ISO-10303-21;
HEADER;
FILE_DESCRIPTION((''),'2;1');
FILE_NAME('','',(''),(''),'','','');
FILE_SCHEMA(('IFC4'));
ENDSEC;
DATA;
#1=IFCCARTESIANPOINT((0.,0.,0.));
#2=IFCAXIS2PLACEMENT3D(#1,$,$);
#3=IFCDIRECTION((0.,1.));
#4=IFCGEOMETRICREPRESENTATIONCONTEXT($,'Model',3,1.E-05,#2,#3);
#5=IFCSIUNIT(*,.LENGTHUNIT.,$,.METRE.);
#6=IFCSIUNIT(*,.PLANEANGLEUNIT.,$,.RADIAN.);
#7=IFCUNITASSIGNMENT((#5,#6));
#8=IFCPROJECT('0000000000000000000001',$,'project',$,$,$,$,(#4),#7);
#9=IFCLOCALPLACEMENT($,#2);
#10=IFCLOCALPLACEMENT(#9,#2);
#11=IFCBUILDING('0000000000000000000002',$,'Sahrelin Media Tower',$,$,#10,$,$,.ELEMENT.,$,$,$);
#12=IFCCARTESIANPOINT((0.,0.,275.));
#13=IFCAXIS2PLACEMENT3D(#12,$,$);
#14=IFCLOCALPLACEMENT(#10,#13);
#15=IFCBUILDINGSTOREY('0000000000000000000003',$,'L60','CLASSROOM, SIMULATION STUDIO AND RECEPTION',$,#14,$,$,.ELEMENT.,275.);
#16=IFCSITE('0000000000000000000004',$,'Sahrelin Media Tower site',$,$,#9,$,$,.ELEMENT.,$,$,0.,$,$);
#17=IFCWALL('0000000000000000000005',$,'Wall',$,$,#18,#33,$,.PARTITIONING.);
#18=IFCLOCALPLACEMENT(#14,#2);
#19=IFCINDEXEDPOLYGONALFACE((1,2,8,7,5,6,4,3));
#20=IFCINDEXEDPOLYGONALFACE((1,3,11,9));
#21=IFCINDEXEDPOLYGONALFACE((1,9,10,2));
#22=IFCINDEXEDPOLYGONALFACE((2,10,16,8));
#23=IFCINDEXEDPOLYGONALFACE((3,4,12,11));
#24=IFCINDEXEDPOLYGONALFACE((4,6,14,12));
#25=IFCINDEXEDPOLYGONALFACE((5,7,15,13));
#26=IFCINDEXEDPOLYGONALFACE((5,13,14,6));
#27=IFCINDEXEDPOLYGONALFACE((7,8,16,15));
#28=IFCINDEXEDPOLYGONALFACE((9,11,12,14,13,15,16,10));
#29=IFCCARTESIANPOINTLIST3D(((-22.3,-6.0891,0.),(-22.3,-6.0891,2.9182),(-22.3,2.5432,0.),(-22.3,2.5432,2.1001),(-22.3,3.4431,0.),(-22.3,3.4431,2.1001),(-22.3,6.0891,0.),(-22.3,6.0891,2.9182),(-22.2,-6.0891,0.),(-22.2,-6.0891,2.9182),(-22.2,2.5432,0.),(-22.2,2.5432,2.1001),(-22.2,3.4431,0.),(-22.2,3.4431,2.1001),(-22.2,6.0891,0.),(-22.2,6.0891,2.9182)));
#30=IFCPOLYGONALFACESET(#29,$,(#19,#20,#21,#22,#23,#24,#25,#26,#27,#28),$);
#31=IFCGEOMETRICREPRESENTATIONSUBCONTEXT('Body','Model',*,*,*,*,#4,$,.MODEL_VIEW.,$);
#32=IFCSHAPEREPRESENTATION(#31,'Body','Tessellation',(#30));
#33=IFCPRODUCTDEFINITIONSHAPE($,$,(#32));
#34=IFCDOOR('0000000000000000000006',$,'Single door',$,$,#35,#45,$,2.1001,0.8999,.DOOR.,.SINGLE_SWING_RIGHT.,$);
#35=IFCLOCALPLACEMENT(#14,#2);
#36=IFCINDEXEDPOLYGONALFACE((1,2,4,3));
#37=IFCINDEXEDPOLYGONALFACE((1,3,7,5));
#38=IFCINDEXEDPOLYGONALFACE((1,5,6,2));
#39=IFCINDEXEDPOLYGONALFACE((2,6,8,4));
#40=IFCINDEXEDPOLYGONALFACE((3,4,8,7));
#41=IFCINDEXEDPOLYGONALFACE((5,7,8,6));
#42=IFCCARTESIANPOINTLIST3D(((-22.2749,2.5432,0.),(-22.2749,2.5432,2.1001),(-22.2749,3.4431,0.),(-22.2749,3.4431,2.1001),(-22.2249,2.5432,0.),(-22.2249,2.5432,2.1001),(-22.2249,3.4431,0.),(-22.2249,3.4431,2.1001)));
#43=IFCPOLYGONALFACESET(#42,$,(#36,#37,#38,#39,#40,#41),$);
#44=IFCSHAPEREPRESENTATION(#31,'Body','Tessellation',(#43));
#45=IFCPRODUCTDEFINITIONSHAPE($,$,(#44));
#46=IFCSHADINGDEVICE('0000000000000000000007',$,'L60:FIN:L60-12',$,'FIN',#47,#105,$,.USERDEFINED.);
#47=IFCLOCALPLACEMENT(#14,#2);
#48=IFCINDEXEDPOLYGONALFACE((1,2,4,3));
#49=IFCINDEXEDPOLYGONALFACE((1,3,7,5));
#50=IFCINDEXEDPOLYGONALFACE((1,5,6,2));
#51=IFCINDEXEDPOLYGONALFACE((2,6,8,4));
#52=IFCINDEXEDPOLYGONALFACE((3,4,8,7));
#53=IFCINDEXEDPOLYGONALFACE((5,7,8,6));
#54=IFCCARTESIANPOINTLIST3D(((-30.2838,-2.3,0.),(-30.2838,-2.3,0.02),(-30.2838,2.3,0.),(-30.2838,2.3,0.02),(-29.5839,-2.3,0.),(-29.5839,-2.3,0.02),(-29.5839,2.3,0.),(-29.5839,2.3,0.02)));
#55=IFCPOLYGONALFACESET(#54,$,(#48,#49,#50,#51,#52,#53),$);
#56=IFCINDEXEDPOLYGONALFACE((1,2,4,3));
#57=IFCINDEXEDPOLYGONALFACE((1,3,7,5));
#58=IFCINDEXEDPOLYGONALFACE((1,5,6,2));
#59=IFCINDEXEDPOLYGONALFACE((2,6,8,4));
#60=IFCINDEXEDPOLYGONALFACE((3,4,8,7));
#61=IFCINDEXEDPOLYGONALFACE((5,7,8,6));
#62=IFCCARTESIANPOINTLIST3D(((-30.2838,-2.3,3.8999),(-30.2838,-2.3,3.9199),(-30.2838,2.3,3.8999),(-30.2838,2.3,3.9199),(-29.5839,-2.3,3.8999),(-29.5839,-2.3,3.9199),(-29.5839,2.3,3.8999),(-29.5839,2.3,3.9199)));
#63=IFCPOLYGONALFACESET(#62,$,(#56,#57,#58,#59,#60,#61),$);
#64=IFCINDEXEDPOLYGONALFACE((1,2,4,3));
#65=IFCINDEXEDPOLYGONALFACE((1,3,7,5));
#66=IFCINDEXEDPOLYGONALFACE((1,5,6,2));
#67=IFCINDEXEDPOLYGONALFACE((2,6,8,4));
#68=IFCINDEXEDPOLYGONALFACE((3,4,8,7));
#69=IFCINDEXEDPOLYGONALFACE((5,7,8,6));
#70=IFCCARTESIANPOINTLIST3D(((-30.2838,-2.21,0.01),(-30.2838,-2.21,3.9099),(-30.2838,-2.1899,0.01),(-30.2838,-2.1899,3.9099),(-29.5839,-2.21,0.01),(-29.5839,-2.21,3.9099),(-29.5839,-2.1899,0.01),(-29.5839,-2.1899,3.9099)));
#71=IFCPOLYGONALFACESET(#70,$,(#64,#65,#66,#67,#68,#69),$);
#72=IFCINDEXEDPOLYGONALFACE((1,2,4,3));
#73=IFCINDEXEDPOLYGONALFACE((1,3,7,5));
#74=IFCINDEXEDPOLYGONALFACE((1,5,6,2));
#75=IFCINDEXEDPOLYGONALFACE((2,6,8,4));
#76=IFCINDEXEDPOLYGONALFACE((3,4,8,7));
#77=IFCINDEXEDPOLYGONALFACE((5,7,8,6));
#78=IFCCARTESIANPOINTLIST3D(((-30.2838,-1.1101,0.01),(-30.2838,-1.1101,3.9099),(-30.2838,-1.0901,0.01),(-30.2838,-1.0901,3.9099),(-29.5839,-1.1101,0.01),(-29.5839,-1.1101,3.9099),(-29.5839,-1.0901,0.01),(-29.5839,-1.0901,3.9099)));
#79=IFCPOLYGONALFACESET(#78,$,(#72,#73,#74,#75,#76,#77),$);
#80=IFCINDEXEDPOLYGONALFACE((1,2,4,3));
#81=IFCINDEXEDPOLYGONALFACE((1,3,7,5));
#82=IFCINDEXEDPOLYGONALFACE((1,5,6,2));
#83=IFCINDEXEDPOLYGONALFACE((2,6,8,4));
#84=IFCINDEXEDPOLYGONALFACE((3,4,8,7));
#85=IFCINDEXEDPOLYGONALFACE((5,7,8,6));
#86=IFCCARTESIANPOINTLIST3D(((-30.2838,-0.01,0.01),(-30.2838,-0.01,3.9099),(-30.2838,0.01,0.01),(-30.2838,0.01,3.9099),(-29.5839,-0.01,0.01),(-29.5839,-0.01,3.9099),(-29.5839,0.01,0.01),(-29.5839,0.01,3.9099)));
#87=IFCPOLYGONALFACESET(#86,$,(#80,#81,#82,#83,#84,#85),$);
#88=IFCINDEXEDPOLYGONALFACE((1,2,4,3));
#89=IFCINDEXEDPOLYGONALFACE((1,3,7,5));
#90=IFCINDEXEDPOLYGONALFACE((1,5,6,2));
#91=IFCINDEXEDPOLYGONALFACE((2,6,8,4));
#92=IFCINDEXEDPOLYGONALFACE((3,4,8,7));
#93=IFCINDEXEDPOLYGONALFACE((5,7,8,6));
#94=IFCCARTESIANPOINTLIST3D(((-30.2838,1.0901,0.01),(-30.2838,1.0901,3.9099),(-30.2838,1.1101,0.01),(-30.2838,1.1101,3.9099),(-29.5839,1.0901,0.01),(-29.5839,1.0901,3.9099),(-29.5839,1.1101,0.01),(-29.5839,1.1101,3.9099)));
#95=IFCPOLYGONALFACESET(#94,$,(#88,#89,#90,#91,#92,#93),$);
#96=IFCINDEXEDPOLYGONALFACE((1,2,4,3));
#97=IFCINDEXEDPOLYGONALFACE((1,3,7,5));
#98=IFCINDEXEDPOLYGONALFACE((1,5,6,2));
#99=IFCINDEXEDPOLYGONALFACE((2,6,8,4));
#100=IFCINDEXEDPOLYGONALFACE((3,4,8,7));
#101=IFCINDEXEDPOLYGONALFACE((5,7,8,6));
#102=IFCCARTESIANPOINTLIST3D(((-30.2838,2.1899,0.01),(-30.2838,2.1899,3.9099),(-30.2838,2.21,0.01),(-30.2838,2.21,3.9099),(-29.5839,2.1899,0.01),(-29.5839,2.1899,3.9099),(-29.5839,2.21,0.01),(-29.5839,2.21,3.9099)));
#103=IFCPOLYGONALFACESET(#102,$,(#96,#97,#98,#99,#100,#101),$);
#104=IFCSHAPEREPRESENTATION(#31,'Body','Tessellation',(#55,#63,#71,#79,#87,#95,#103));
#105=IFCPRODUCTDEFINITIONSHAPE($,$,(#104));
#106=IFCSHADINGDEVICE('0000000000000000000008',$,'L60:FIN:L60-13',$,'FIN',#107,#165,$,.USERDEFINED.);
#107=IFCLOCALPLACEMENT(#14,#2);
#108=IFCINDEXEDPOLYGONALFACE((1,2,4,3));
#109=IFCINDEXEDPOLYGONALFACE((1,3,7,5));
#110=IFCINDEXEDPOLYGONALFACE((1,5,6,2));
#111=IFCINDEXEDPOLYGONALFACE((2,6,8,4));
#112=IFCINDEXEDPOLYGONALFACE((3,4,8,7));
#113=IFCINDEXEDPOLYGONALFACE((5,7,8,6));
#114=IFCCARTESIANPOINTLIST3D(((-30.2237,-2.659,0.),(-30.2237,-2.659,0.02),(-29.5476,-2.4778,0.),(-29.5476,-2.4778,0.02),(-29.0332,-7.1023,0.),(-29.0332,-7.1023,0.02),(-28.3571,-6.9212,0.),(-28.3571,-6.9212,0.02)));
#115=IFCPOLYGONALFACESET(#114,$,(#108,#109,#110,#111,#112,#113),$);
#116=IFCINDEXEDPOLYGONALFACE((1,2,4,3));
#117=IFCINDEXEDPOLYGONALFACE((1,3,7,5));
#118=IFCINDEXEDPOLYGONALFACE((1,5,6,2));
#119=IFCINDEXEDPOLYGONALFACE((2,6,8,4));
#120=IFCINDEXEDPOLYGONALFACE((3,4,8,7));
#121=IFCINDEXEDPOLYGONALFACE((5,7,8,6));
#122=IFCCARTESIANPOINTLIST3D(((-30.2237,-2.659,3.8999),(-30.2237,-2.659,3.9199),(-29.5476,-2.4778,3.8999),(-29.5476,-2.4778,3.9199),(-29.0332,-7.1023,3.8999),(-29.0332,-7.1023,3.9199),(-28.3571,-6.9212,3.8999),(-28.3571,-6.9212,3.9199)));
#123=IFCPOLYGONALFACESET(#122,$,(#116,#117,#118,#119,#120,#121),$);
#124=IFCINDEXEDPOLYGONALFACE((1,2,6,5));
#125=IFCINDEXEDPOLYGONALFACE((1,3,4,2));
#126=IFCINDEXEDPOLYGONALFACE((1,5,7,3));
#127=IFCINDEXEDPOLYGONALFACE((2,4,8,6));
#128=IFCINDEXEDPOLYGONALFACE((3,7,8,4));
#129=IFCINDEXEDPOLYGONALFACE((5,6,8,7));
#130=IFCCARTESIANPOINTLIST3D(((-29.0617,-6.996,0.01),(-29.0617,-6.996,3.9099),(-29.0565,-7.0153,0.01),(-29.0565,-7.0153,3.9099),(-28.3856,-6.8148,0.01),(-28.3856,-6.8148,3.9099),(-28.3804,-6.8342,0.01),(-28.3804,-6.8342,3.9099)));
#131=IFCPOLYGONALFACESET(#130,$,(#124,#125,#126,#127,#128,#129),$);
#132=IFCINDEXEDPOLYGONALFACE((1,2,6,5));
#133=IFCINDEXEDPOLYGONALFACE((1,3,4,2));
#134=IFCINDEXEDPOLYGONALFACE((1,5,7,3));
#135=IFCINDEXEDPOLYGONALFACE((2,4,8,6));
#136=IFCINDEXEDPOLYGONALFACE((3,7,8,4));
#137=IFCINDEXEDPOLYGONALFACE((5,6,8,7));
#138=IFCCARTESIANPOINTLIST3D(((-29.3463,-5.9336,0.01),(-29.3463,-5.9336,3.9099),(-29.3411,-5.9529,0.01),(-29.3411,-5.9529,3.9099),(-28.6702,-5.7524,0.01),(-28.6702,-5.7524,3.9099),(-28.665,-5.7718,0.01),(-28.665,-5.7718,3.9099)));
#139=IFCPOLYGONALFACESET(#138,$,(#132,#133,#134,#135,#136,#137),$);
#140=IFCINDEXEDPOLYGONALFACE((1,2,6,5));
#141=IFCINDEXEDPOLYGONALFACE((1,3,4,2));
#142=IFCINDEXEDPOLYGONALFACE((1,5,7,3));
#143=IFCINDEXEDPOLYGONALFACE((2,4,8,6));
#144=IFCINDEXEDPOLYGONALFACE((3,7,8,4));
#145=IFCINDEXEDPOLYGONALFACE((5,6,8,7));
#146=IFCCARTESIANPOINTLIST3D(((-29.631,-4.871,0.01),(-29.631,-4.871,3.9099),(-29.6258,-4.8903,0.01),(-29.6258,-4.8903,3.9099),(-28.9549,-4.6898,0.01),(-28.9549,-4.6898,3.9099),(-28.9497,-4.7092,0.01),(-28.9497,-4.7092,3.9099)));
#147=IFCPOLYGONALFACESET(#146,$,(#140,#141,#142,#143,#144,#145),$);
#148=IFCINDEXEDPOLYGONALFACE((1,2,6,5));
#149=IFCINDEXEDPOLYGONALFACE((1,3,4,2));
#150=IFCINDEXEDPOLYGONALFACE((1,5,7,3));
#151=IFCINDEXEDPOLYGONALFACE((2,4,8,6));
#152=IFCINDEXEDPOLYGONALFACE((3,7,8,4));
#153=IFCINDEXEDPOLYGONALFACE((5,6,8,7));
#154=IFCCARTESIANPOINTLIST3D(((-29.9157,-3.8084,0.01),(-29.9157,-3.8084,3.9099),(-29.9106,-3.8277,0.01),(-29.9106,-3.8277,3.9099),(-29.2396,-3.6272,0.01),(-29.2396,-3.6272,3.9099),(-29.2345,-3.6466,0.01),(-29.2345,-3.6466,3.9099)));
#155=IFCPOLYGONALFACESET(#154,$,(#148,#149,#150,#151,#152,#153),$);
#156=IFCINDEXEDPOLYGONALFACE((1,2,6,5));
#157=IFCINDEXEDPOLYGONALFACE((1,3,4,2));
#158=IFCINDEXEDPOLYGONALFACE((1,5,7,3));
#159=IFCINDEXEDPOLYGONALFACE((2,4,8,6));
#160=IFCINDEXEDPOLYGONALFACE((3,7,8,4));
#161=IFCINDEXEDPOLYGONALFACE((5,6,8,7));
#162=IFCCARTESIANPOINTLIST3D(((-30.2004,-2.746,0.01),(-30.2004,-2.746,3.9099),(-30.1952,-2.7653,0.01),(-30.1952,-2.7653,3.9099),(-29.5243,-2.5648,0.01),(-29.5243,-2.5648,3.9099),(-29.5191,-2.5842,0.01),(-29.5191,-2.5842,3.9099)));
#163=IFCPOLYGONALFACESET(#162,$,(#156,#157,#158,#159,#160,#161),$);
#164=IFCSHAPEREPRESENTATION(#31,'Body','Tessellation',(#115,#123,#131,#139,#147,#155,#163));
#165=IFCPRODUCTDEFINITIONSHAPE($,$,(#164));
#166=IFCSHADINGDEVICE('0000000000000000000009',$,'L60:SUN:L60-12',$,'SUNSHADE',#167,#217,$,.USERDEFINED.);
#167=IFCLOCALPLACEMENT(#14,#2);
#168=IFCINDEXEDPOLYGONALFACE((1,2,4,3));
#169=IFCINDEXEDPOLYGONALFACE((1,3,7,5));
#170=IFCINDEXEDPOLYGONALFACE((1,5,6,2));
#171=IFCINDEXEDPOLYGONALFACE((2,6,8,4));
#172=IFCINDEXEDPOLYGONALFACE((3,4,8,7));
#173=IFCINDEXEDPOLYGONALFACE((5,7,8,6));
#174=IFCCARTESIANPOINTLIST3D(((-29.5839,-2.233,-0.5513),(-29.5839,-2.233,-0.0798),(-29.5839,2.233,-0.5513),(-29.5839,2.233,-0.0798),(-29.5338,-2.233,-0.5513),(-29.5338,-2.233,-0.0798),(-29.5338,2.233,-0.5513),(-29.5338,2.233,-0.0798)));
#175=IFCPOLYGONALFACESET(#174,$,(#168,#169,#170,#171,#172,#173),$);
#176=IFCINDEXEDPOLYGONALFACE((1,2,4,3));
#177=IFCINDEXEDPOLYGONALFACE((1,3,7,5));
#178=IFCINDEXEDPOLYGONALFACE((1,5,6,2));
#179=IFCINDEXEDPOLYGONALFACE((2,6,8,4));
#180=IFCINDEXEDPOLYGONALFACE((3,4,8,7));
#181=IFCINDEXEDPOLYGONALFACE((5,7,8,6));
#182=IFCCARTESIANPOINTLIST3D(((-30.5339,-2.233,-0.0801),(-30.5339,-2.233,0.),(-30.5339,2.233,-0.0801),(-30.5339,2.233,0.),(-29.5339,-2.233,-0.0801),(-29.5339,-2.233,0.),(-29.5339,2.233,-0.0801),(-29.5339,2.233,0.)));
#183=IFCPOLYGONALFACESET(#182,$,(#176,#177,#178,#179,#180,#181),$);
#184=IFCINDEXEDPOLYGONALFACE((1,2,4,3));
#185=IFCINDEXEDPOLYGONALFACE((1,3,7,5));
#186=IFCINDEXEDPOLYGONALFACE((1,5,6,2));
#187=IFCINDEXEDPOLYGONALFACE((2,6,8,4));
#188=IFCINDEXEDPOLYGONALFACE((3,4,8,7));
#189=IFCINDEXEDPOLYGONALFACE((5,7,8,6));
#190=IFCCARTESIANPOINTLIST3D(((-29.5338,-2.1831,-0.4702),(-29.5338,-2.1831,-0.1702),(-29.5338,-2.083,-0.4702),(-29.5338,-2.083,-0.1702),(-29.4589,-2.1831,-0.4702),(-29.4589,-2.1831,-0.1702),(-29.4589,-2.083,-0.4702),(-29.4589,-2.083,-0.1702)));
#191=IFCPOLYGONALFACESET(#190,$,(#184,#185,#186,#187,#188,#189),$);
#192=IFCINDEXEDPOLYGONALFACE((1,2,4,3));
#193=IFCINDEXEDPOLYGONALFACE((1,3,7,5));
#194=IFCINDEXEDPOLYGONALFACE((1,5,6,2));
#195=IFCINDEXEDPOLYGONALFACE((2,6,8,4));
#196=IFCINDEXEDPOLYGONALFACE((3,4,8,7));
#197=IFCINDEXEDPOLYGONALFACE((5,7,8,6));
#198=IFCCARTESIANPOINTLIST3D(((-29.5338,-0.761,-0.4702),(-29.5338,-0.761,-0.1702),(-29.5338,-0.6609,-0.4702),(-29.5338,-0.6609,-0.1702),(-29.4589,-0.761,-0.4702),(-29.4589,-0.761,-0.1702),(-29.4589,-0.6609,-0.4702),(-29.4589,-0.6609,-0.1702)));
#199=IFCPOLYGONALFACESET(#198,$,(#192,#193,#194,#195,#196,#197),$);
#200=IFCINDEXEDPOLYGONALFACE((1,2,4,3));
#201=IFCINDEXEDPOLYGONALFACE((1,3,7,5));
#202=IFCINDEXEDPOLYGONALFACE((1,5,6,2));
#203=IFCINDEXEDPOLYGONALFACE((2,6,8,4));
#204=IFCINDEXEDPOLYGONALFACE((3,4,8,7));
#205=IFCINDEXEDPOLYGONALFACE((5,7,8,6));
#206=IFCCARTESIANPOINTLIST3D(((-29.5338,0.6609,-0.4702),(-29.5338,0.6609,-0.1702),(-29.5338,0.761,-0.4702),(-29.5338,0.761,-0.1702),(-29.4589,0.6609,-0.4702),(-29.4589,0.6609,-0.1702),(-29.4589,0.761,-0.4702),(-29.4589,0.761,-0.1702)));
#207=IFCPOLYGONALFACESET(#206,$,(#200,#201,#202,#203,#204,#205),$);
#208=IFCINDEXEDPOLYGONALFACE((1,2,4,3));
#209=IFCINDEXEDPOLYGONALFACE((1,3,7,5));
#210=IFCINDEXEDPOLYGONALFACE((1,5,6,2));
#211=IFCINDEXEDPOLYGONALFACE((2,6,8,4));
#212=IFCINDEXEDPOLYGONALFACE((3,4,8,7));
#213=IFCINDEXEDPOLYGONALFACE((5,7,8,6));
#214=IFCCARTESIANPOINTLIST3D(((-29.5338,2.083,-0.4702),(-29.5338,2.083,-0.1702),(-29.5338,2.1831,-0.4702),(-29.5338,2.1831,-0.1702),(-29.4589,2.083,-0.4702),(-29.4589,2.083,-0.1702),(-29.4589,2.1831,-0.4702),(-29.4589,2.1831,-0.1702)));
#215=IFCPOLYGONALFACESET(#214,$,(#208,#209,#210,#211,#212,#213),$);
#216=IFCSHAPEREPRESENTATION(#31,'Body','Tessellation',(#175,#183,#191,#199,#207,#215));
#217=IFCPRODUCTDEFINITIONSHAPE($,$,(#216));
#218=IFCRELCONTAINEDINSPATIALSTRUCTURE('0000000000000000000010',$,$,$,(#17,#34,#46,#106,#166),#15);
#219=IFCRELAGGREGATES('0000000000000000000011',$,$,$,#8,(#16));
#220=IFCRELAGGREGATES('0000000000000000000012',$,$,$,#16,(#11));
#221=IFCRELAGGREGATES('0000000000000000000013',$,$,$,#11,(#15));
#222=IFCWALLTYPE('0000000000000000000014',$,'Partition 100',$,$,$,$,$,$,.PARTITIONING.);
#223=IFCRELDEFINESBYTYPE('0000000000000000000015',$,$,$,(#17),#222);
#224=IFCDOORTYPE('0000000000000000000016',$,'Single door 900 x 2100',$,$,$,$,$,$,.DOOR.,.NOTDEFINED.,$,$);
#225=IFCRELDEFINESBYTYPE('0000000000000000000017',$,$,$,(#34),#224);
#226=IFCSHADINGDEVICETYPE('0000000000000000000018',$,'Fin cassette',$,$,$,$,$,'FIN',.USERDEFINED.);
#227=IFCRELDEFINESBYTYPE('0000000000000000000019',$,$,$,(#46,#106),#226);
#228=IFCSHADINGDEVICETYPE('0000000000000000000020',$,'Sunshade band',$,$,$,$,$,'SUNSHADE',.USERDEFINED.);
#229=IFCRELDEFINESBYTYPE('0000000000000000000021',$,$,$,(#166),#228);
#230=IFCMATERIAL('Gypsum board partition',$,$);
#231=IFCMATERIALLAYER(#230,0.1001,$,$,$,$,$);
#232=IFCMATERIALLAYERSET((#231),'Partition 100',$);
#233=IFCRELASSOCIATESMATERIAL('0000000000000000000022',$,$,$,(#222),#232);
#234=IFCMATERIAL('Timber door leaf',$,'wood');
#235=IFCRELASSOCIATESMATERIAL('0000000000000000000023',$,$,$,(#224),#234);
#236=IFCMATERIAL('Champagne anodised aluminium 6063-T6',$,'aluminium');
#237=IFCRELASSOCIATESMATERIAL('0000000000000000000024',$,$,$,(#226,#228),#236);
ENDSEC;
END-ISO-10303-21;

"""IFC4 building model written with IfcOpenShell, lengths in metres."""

from ifc_helpers import new_model, si_unit, direction, frame, frame_2d, origin, origin_2d, place, context, subcontext, project, spatial, rectangle, extrude, material, layer, layer_set, type_object, element, fill, save


model = new_model("IFC4")

# Units and contexts
model_context = context("Model", 3, precision=1e-05, world=origin(), true_north=direction((0.0, 1.0)))
body_context = subcontext(model_context, "Body", "Model", "MODEL_VIEW")
ifc_project = project(units=[si_unit("LENGTHUNIT", "METRE"), si_unit("PLANEANGLEUNIT", "RADIAN")], contexts=[model_context])

# Site, building, storey
site_placement = place(None, origin())
site = spatial("IfcSite", under=ifc_project, at=site_placement, Name="Sahrelin Media Tower site", CompositionType="ELEMENT", RefElevation=0.0)
building_placement = place(site_placement, origin())
building = spatial("IfcBuilding", under=site, at=building_placement, Name="Sahrelin Media Tower", CompositionType="ELEMENT")
storey_placement = place(building_placement, frame((0.0, 0.0, 275.0)))
storey = spatial("IfcBuildingStorey", under=building, at=storey_placement, Name="L60", Description="CLASSROOM, SIMULATION STUDIO AND RECEPTION", CompositionType="ELEMENT", Elevation=275.0)

# Shared definitions
ifc_material_1 = material(Name="Champagne anodised aluminium 6063-T6", Category="aluminium")

# Wall, opening, door
ifc_material_2 = material(Name="Gypsum board partition")
ifc_layer_1 = layer(ifc_material_2, 0.1001)
ifc_layer_set_1 = layer_set([ifc_layer_1], Name="Partition 100")
wall_type_1 = type_object("IfcWallType", Name="Partition 100", PredefinedType="PARTITIONING", material=ifc_layer_set_1)
ifc_material_3 = material(Name="Timber door leaf", Category="wood")
door_type_1 = type_object("IfcDoorType", Name="Single door 900 x 2100", OperationType="NOTDEFINED", PredefinedType="DOOR", material=ifc_material_3)
wall_1_placement = place(storey_placement, frame((-22.25, -6.0891, 0.0), z_axis=(0.0, 0.0, 1.0), x_axis=(0.0, 1.0, 0.0)))
wall_1 = element("IfcWall", 1, at=wall_1_placement, inside=storey, type_object=wall_type_1, Name="Wall", PredefinedType="PARTITIONING", context=body_context, shape_type="SweptSolid", body=[
    extrude(rectangle(XDim=12.1782, YDim=0.1001, at=frame_2d((6.0891, 0.0))), origin(), (0.0, 0.0, 1.0), 2.9182),
])
opening_1_placement = place(wall_1_placement, frame((8.6323, 0.0, 0.0)))
opening_1 = element("IfcOpeningElement", 2, at=opening_1_placement, cuts=wall_1, PredefinedType="OPENING", context=body_context, shape_type="SweptSolid", body=[
    extrude(rectangle(XDim=0.8999, YDim=2.1001, at=frame_2d((0.45, 1.05))), frame((0.0, 0.05, 0.0), z_axis=(0.0, -1.0, 0.0), x_axis=(1.0, 0.0, 0.0)), (0.0, 0.0, 1.0), 0.1001),
])
door_1_placement = place(opening_1_placement, origin())
door_1 = element("IfcDoor", 3, at=door_1_placement, inside=storey, type_object=door_type_1, Name="Single door", OperationType="SINGLE_SWING_RIGHT", OverallHeight=2.1001, OverallWidth=0.8999, PredefinedType="DOOR", context=body_context, shape_type="SweptSolid", body=[
    extrude(rectangle(XDim=0.8999, YDim=2.1001, at=frame_2d((0.45, 1.05))), frame((0.0, 0.0249, 0.0), z_axis=(0.0, -1.0, 0.0), x_axis=(1.0, 0.0, 0.0)), (0.0, 0.0, 1.0), 0.05),
])
fill(opening_1, door_1)

# Shading devices
shading_device_type_1 = type_object("IfcShadingDeviceType", Name="Fin cassette", ElementType="FIN", PredefinedType="USERDEFINED", material=ifc_material_1)
placement_1 = place(storey_placement, frame((-29.5139, 0.0, 0.0), z_axis=(0.0, 0.0, 1.0), x_axis=(0.0, 1.0, 0.0)))
element("IfcShadingDevice", 4, at=placement_1, inside=storey, type_object=shading_device_type_1, Name="L60:FIN:L60-12", ObjectType="FIN", PredefinedType="USERDEFINED", context=body_context, shape_type="SweptSolid", body=[
    extrude(rectangle(XDim=4.6001, YDim=0.7, at=origin_2d()), frame((0.0, 0.4199, 0.0)), (0.0, 0.0, 1.0), 0.02),
    extrude(rectangle(XDim=4.6001, YDim=0.7, at=origin_2d()), frame((0.0, 0.4199, 3.8999)), (0.0, 0.0, 1.0), 0.02),
    extrude(rectangle(XDim=0.02, YDim=0.7, at=origin_2d()), frame((-2.2, 0.4199, 0.01), z_axis=(0.0, 0.0, 1.0), x_axis=(1.0, 0.0, 0.0)), (0.0, 0.0, 1.0), 3.8999),
    extrude(rectangle(XDim=0.02, YDim=0.7, at=origin_2d()), frame((-1.1001, 0.4199, 0.01), z_axis=(0.0, 0.0, 1.0), x_axis=(1.0, 0.0, 0.0)), (0.0, 0.0, 1.0), 3.8999),
    extrude(rectangle(XDim=0.02, YDim=0.7, at=origin_2d()), frame((0.0, 0.4199, 0.01), z_axis=(0.0, 0.0, 1.0), x_axis=(1.0, 0.0, 0.0)), (0.0, 0.0, 1.0), 3.8999),
    extrude(rectangle(XDim=0.02, YDim=0.7, at=origin_2d()), frame((1.1001, 0.4199, 0.01), z_axis=(0.0, 0.0, 1.0), x_axis=(1.0, 0.0, 0.0)), (0.0, 0.0, 1.0), 3.8999),
    extrude(rectangle(XDim=0.02, YDim=0.7, at=origin_2d()), frame((2.2, 0.4199, 0.01), z_axis=(0.0, 0.0, 1.0), x_axis=(1.0, 0.0, 0.0)), (0.0, 0.0, 1.0), 3.8999),
])
placement_2 = place(storey_placement, frame((-28.8848, -4.6814, 0.0), z_axis=(0.0, 0.0, 1.0), x_axis=(-0.258808, 0.965929, 0.0)))
element("IfcShadingDevice", 5, at=placement_2, inside=storey, type_object=shading_device_type_1, Name="L60:FIN:L60-13", ObjectType="FIN", PredefinedType="USERDEFINED", context=body_context, shape_type="SweptSolid", body=[
    extrude(rectangle(XDim=4.6001, YDim=0.7, at=origin_2d()), frame((0.0, 0.4199, 0.0)), (0.0, 0.0, 1.0), 0.02),
    extrude(rectangle(XDim=4.6001, YDim=0.7, at=origin_2d()), frame((0.0, 0.4199, 3.8999)), (0.0, 0.0, 1.0), 0.02),
    extrude(rectangle(XDim=0.02, YDim=0.7, at=origin_2d()), frame((-2.2, 0.4199, 0.01), z_axis=(0.0, 0.0, 1.0), x_axis=(1.0, 0.0, 0.0)), (0.0, 0.0, 1.0), 3.8999),
    extrude(rectangle(XDim=0.02, YDim=0.7, at=origin_2d()), frame((-1.1001, 0.4199, 0.01), z_axis=(0.0, 0.0, 1.0), x_axis=(1.0, 0.0, 0.0)), (0.0, 0.0, 1.0), 3.8999),
    extrude(rectangle(XDim=0.02, YDim=0.7, at=origin_2d()), frame((0.0, 0.4199, 0.01), z_axis=(0.0, 0.0, 1.0), x_axis=(1.0, 0.0, 0.0)), (0.0, 0.0, 1.0), 3.8999),
    extrude(rectangle(XDim=0.02, YDim=0.7, at=origin_2d()), frame((1.1001, 0.4199, 0.01), z_axis=(0.0, 0.0, 1.0), x_axis=(1.0, 0.0, 0.0)), (0.0, 0.0, 1.0), 3.8999),
    extrude(rectangle(XDim=0.02, YDim=0.7, at=origin_2d()), frame((2.2, 0.4199, 0.01), z_axis=(0.0, 0.0, 1.0), x_axis=(1.0, 0.0, 0.0)), (0.0, 0.0, 1.0), 3.8999),
])
shading_device_type_2 = type_object("IfcShadingDeviceType", Name="Sunshade band", ElementType="SUNSHADE", PredefinedType="USERDEFINED", material=ifc_material_1)
element("IfcShadingDevice", 6, at=placement_1, inside=storey, type_object=shading_device_type_2, Name="L60:SUN:L60-12", ObjectType="SUNSHADE", PredefinedType="USERDEFINED", context=body_context, shape_type="SweptSolid", body=[
    extrude(rectangle(XDim=4.4661, YDim=0.05, at=origin_2d()), frame((0.0, 0.0449, -0.5513)), (0.0, 0.0, 1.0), 0.4714),
    extrude(rectangle(XDim=4.4661, YDim=1.0, at=origin_2d()), frame((0.0, 0.52, -0.0801)), (0.0, 0.0, 1.0), 0.0801),
    extrude(rectangle(XDim=0.1001, YDim=0.075, at=origin_2d()), frame((-2.1331, -0.0176, -0.4702)), (0.0, 0.0, 1.0), 0.3),
    extrude(rectangle(XDim=0.1001, YDim=0.075, at=origin_2d()), frame((-0.7109, -0.0176, -0.4702)), (0.0, 0.0, 1.0), 0.3),
    extrude(rectangle(XDim=0.1001, YDim=0.075, at=origin_2d()), frame((0.7109, -0.0176, -0.4702)), (0.0, 0.0, 1.0), 0.3),
    extrude(rectangle(XDim=0.1001, YDim=0.075, at=origin_2d()), frame((2.1331, -0.0176, -0.4702)), (0.0, 0.0, 1.0), 0.3),
])

save(model, "model.ifc")
